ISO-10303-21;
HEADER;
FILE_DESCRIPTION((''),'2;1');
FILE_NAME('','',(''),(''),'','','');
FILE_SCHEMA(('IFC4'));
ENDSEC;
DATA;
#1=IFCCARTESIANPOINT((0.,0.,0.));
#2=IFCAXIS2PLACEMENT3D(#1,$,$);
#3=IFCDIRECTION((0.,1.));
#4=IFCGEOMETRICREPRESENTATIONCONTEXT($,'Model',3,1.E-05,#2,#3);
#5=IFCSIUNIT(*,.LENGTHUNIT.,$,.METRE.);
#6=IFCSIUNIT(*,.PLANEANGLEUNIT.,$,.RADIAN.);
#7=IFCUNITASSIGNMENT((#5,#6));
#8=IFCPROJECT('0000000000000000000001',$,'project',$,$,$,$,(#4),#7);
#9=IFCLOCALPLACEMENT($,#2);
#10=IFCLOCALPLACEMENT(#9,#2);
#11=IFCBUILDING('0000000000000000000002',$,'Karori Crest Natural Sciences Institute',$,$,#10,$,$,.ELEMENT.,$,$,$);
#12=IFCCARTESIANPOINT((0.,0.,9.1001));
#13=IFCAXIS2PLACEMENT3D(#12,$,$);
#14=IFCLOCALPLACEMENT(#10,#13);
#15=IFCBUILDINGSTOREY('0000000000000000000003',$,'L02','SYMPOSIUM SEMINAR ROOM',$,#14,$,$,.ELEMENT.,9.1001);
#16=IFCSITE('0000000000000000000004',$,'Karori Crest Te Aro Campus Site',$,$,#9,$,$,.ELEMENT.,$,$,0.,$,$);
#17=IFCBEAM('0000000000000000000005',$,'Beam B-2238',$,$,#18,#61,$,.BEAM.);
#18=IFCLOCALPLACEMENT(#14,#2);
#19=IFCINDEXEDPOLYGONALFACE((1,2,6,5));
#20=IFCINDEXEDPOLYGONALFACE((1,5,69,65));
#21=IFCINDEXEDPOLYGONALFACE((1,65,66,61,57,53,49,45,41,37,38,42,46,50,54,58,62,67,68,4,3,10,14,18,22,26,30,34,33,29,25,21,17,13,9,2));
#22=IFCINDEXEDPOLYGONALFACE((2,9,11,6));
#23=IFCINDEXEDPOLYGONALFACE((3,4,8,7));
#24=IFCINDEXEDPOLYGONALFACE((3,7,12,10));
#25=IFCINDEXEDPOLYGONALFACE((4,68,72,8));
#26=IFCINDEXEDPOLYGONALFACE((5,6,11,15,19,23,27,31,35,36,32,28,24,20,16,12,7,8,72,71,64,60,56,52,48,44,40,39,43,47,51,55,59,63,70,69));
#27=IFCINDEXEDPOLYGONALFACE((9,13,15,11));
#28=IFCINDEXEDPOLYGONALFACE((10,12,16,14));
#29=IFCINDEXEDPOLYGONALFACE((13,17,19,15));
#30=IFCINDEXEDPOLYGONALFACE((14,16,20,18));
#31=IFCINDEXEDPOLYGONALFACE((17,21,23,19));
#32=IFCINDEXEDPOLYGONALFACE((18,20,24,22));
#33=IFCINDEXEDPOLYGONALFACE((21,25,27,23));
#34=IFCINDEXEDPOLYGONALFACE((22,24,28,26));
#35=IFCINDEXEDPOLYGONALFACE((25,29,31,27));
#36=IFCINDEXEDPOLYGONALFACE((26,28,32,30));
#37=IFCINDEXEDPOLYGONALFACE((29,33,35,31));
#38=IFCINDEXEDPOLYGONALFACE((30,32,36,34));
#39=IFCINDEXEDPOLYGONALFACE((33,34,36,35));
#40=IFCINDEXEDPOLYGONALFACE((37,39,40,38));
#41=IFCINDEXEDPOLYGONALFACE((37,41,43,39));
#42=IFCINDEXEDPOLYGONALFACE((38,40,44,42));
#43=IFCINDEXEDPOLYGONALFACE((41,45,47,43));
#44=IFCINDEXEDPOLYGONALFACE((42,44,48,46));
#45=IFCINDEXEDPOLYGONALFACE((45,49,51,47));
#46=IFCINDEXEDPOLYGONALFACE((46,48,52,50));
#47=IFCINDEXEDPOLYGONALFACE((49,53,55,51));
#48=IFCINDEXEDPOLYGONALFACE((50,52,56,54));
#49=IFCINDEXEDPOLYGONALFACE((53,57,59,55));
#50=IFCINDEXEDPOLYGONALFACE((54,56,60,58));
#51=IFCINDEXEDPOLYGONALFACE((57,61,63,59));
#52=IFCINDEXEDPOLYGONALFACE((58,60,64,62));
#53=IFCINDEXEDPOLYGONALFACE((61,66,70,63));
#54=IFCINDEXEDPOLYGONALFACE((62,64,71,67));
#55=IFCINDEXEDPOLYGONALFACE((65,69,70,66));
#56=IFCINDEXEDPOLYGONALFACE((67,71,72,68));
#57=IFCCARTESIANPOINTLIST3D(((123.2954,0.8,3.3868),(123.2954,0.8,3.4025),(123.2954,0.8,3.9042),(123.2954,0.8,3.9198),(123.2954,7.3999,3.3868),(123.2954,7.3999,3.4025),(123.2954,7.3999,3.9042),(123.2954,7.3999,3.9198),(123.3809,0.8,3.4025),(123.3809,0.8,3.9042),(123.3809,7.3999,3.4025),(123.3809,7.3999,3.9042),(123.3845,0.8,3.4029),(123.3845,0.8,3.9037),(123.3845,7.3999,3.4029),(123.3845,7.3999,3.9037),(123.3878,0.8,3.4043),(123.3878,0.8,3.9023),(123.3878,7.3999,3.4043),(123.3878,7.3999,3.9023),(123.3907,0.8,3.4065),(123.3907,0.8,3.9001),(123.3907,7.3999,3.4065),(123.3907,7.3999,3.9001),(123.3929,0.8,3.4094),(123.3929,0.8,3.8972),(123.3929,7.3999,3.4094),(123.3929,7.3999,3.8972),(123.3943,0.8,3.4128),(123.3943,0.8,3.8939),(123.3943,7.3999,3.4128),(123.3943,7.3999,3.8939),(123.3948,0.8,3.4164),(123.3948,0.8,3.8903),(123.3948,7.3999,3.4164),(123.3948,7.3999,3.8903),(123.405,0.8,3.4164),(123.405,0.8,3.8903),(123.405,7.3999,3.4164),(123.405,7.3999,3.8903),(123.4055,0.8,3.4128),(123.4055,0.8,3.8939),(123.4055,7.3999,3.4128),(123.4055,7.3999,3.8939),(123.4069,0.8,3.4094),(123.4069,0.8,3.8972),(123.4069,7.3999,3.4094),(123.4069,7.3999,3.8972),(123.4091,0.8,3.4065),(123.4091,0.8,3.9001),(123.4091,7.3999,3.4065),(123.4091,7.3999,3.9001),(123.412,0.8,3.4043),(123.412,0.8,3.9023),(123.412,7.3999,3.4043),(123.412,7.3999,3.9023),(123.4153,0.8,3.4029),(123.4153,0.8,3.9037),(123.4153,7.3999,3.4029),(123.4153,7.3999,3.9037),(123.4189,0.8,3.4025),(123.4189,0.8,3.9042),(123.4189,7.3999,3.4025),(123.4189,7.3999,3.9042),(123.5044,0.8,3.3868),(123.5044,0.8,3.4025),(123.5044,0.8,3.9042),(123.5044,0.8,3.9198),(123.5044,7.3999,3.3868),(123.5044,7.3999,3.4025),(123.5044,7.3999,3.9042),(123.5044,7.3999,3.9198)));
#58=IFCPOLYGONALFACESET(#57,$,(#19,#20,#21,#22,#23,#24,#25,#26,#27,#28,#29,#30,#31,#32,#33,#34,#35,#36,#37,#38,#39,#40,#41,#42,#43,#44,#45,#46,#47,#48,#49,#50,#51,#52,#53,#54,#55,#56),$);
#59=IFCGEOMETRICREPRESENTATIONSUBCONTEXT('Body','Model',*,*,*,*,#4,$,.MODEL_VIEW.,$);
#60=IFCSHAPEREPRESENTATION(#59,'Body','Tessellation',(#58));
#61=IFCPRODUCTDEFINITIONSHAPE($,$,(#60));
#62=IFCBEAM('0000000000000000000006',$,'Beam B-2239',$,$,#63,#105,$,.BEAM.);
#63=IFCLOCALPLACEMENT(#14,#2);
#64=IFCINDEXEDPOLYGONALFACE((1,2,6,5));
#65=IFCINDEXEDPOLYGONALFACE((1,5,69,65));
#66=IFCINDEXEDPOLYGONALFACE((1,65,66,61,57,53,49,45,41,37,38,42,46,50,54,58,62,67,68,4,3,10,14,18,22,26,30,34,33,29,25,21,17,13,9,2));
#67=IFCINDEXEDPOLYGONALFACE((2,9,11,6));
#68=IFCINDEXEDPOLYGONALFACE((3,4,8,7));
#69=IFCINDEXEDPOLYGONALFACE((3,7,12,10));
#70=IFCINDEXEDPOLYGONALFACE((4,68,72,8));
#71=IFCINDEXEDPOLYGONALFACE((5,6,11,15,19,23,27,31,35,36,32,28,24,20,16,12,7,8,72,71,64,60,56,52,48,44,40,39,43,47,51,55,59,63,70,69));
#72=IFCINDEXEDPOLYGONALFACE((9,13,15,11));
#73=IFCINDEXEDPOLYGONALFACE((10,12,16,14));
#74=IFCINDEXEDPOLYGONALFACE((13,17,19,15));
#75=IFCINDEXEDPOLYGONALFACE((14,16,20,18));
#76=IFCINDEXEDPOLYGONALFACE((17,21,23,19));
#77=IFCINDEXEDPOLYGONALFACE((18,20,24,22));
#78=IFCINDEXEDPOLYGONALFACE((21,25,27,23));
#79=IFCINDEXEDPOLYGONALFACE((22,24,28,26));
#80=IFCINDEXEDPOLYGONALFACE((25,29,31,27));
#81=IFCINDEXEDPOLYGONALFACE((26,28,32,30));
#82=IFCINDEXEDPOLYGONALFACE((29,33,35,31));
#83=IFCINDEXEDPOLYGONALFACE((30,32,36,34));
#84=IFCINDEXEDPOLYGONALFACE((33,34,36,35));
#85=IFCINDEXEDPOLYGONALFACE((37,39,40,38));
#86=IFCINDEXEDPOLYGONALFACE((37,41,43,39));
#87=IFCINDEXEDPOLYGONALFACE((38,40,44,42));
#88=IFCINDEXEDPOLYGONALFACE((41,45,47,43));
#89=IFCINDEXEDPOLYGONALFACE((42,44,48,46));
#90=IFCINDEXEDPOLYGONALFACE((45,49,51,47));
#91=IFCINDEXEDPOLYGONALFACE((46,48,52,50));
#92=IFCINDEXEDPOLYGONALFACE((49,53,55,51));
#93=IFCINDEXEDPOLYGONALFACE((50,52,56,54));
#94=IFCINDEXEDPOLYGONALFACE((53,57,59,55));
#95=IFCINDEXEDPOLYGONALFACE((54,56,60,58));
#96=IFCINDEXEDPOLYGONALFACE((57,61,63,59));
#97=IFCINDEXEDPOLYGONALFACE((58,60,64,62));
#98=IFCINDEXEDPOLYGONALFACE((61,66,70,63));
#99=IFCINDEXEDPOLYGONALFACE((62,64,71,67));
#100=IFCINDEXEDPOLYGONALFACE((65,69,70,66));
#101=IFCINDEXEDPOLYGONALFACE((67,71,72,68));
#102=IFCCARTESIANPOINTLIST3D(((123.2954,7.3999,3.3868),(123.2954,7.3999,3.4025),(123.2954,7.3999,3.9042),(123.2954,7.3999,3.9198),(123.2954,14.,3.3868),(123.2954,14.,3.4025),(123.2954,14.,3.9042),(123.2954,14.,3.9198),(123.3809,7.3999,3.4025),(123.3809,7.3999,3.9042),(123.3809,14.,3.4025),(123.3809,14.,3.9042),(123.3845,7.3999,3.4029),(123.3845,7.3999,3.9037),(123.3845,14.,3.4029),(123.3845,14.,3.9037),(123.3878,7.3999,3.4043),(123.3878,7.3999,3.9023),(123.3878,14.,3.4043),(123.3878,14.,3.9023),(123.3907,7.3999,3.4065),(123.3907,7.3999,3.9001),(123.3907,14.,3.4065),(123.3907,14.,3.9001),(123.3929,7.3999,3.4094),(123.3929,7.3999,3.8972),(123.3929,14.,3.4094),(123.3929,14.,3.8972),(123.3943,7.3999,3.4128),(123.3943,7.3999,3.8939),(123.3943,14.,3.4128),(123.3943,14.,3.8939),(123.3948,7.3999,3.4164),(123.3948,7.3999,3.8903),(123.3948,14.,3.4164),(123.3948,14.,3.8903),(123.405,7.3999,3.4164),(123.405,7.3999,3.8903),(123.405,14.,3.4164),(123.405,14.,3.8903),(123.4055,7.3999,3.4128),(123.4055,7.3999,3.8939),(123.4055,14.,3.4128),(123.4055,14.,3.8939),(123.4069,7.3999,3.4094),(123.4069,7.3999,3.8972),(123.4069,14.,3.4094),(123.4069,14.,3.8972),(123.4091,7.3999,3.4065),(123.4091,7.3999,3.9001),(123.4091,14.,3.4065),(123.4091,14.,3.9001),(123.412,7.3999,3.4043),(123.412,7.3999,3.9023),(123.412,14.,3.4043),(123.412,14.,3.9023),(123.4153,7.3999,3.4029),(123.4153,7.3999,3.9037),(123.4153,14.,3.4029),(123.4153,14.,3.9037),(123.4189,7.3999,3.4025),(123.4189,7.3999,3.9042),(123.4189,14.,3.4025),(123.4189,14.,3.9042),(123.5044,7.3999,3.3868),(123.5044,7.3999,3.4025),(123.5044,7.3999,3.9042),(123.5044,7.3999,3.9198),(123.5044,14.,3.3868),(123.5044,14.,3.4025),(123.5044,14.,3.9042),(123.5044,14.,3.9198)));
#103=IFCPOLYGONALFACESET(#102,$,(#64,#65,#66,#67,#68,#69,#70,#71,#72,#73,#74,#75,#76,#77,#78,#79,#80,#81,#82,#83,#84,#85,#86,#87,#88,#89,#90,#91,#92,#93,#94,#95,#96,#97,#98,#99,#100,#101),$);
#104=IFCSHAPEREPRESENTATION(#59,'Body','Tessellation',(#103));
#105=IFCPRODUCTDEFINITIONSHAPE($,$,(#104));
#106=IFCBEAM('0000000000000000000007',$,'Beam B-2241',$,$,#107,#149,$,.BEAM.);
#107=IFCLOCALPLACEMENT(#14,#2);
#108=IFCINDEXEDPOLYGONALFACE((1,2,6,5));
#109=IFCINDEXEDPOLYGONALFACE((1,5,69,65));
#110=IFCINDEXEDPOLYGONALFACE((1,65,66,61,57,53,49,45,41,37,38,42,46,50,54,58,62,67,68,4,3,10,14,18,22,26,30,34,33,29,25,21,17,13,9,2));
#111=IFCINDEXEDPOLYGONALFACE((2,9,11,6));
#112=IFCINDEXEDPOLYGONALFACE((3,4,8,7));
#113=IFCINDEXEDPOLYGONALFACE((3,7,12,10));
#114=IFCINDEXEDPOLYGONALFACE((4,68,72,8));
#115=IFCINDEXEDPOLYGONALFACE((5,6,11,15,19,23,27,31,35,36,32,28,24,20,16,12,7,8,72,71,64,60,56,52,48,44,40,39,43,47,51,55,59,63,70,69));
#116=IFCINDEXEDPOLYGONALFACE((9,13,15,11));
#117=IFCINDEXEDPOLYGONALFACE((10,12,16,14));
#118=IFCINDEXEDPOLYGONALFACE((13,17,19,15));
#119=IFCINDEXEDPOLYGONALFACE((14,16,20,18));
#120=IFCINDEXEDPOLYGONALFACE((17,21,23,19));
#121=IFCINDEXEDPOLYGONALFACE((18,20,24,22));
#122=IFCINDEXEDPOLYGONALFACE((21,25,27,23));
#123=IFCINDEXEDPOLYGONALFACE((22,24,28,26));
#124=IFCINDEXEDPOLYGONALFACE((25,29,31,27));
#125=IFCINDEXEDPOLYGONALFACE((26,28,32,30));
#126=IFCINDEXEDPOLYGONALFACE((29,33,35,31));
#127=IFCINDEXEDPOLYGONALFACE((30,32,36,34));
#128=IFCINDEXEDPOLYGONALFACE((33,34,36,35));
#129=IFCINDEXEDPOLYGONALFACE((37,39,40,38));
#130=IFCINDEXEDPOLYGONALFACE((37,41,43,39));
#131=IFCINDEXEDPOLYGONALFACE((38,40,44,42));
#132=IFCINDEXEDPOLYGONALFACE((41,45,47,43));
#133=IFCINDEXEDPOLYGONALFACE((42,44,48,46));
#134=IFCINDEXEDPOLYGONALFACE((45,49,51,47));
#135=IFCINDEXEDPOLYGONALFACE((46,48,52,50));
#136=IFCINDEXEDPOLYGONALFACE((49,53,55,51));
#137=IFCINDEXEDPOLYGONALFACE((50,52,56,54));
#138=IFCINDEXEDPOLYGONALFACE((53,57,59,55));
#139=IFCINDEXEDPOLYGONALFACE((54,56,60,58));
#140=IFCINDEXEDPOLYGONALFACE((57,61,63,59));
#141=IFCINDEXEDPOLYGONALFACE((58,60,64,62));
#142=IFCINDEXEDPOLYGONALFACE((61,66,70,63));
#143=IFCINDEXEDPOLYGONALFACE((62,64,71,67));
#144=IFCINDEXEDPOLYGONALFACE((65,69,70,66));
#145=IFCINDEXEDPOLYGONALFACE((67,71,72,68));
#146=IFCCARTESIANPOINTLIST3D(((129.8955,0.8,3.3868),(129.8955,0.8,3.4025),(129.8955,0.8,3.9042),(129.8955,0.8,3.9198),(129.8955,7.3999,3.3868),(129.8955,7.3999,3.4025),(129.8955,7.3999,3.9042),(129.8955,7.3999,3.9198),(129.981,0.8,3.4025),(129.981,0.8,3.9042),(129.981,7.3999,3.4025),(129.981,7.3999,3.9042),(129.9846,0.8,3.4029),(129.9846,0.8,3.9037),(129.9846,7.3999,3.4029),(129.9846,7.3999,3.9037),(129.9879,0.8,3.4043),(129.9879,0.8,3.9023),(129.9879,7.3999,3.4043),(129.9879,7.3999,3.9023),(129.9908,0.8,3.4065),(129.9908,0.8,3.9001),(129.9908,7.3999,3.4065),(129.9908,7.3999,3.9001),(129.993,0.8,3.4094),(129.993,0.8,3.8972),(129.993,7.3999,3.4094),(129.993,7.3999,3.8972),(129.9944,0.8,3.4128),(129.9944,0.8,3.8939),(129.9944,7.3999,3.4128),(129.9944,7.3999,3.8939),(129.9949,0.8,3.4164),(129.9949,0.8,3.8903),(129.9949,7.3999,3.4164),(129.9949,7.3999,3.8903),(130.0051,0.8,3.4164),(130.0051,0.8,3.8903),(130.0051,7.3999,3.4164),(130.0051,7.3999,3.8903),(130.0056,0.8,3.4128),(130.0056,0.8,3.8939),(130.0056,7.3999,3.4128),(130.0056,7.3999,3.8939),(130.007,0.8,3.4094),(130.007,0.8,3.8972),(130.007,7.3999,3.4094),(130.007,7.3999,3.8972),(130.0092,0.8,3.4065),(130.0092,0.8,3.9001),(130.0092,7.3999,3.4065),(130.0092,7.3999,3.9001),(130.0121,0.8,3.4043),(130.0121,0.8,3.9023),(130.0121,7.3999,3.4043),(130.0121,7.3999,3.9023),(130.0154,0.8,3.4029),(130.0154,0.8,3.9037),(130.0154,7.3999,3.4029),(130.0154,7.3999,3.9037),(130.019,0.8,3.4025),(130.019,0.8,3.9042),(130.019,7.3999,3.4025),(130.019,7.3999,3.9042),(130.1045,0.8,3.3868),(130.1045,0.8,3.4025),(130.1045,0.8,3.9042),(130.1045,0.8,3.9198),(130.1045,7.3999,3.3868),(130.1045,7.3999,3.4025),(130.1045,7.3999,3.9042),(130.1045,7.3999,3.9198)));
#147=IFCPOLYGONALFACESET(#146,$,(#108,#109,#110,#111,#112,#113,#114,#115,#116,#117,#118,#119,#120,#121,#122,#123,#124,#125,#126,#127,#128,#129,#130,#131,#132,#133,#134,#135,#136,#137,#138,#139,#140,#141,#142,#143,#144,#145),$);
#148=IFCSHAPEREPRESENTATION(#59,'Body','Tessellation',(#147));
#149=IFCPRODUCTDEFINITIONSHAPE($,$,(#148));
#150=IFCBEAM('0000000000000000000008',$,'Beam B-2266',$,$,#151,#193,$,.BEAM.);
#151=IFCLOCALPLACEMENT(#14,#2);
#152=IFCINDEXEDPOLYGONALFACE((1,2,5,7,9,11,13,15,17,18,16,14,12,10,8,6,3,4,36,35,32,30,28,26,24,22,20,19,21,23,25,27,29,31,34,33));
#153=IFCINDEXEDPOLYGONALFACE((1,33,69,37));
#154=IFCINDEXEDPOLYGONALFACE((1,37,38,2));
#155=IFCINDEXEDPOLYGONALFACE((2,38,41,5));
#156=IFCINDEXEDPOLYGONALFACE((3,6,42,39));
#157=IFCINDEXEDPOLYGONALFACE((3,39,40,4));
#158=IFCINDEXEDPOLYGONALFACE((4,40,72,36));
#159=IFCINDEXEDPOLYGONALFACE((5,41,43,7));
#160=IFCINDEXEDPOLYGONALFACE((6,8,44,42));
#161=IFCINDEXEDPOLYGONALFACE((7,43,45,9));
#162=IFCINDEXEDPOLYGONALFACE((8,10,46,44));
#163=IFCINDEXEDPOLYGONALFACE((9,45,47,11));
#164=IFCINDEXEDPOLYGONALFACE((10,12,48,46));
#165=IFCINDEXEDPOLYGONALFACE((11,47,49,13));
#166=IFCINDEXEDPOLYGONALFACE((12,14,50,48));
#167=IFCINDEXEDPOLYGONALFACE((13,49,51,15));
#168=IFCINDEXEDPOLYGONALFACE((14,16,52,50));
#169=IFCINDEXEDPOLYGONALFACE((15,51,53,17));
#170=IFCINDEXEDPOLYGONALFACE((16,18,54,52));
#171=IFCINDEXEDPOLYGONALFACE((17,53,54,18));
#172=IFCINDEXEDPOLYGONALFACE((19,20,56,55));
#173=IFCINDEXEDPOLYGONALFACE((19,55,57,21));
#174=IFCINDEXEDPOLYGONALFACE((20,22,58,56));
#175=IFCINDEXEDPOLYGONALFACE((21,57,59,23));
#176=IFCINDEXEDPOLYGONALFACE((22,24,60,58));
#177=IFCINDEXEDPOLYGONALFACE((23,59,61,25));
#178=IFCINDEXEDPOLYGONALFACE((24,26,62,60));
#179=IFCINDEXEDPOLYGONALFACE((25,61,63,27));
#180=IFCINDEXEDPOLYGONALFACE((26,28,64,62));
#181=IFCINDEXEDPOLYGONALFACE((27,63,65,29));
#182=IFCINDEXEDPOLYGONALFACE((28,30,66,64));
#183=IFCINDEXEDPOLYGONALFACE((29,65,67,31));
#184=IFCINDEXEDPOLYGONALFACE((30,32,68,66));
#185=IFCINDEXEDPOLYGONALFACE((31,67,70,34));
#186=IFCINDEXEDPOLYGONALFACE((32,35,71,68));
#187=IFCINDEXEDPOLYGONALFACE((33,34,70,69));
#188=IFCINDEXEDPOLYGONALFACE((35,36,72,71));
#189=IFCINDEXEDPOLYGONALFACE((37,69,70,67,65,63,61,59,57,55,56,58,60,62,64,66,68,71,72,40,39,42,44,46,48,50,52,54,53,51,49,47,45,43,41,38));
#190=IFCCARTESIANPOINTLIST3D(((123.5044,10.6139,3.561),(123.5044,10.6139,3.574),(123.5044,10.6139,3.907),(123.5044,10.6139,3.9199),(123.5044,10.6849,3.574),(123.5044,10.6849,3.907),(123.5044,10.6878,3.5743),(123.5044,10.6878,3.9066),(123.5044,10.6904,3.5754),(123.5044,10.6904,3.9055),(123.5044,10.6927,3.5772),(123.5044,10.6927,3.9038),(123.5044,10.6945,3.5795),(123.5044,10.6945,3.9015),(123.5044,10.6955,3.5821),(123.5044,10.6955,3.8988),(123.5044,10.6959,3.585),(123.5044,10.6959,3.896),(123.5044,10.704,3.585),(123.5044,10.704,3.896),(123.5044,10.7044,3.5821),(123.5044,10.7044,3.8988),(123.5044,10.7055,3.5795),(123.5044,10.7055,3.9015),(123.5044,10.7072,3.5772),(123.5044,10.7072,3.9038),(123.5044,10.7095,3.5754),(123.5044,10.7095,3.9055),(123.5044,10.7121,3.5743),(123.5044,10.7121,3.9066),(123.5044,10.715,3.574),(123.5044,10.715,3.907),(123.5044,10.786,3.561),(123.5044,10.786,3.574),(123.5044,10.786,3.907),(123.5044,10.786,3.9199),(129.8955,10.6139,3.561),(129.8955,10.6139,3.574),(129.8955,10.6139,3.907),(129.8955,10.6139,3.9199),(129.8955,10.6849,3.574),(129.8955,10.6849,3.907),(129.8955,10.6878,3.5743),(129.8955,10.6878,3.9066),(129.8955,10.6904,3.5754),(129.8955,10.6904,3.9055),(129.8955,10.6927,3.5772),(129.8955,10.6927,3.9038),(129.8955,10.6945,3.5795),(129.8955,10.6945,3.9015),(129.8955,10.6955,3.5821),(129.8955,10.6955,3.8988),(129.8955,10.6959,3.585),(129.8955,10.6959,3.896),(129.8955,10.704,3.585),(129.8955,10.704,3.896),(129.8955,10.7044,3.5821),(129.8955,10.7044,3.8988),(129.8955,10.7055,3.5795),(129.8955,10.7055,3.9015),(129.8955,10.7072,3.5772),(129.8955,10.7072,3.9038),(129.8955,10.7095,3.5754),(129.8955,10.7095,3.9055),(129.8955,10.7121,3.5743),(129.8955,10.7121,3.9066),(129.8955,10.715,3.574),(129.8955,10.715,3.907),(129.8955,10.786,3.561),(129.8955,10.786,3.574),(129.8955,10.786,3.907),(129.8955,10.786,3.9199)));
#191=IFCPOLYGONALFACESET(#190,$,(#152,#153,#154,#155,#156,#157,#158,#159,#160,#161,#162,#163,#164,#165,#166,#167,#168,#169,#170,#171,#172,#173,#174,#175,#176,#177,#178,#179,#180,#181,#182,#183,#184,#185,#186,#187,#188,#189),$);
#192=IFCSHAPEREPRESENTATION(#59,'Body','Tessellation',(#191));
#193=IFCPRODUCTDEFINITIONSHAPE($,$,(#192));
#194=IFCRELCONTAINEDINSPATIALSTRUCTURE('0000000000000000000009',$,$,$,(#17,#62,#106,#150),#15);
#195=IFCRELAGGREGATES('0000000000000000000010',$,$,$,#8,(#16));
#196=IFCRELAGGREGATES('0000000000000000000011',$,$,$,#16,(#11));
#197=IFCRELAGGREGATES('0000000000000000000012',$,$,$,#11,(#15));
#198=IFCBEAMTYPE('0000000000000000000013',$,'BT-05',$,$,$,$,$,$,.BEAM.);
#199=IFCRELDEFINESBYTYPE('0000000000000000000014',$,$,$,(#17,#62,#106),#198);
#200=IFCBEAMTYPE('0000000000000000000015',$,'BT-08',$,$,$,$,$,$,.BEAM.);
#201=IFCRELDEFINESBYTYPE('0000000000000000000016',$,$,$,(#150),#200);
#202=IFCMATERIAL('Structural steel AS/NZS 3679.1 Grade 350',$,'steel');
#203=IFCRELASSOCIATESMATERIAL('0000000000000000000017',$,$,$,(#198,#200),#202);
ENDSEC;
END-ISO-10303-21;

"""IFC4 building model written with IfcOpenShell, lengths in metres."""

from ifc_helpers import new_model, si_unit, direction, frame, origin, origin_2d, place, context, subcontext, project, spatial, i_section, extrude, material, material_profile, profile_set, type_object, element, save


model = new_model("IFC4")

# Units and contexts
model_context = context("Model", 3, precision=1e-05, world=origin(), true_north=direction((0.0, 1.0)))
body_context = subcontext(model_context, "Body", "Model", "MODEL_VIEW")
ifc_project = project(units=[si_unit("LENGTHUNIT", "METRE"), si_unit("PLANEANGLEUNIT", "RADIAN")], contexts=[model_context])

# Site, building, storey
site_placement = place(None, origin())
site = spatial("IfcSite", under=ifc_project, at=site_placement, Name="Karori Crest Te Aro Campus Site", CompositionType="ELEMENT", RefElevation=0.0)
building_placement = place(site_placement, origin())
building = spatial("IfcBuilding", under=site, at=building_placement, Name="Karori Crest Natural Sciences Institute", CompositionType="ELEMENT")
storey_placement = place(building_placement, frame((0.0, 0.0, 9.1001)))
storey = spatial("IfcBuildingStorey", under=building, at=storey_placement, Name="L02", Description="SYMPOSIUM SEMINAR ROOM", CompositionType="ELEMENT", Elevation=9.1001)

# Shared definitions
ifc_material_1 = material(Name="Structural steel AS/NZS 3679.1 Grade 350", Category="steel")

# Beams
ifc_material_profile_1 = material_profile(ifc_material_1, i_section(OverallWidth=0.209, OverallDepth=0.533, WebThickness=0.0103, FlangeThickness=0.0156, FilletRadius=0.0139, at=origin_2d()), Name="530UB92.4")
ifc_profile_set_1 = profile_set([ifc_material_profile_1], Name="Structural steel AS/NZS 3679.1 Grade 350")
beam_type_1 = type_object("IfcBeamType", Name="BT-05", PredefinedType="BEAM", material=ifc_profile_set_1)
beam_1_placement = place(storey_placement, frame((123.3999, 0.8, 3.6533), z_axis=(0.0, 1.0, 0.0), x_axis=(-1.0, 0.0, 0.0)))
element("IfcBeam", 1, at=beam_1_placement, inside=storey, type_object=beam_type_1, Name="Beam B-2238", PredefinedType="BEAM", context=body_context, shape_type="SweptSolid", body=[
    extrude(i_section(OverallWidth=0.209, OverallDepth=0.533, WebThickness=0.0103, FlangeThickness=0.0156, FilletRadius=0.0139, at=origin_2d()), origin(), (0.0, 0.0, 1.0), 6.5999),
])
beam_2_placement = place(storey_placement, frame((123.3999, 7.3999, 3.6533), z_axis=(0.0, 1.0, 0.0), x_axis=(-1.0, 0.0, 0.0)))
element("IfcBeam", 2, at=beam_2_placement, inside=storey, type_object=beam_type_1, Name="Beam B-2239", PredefinedType="BEAM", context=body_context, shape_type="SweptSolid", body=[
    extrude(i_section(OverallWidth=0.209, OverallDepth=0.533, WebThickness=0.0103, FlangeThickness=0.0156, FilletRadius=0.0139, at=origin_2d()), origin(), (0.0, 0.0, 1.0), 6.6001),
])
beam_3_placement = place(storey_placement, frame((130.0, 0.8, 3.6533), z_axis=(0.0, 1.0, 0.0), x_axis=(-1.0, 0.0, 0.0)))
element("IfcBeam", 3, at=beam_3_placement, inside=storey, type_object=beam_type_1, Name="Beam B-2241", PredefinedType="BEAM", context=body_context, shape_type="SweptSolid", body=[
    extrude(i_section(OverallWidth=0.209, OverallDepth=0.533, WebThickness=0.0103, FlangeThickness=0.0156, FilletRadius=0.0139, at=origin_2d()), origin(), (0.0, 0.0, 1.0), 6.5999),
])
ifc_material_profile_2 = material_profile(ifc_material_1, i_section(OverallWidth=0.1721, OverallDepth=0.3589, WebThickness=0.0081, FlangeThickness=0.0129, FilletRadius=0.011, at=origin_2d()), Name="360UB56.7")
ifc_profile_set_2 = profile_set([ifc_material_profile_2], Name="Structural steel AS/NZS 3679.1 Grade 350")
beam_type_2 = type_object("IfcBeamType", Name="BT-08", PredefinedType="BEAM", material=ifc_profile_set_2)
beam_4_placement = place(storey_placement, frame((123.5044, 10.7, 3.7405), z_axis=(1.0, 0.0, 0.0), x_axis=(0.0, 1.0, 0.0)))
element("IfcBeam", 4, at=beam_4_placement, inside=storey, type_object=beam_type_2, Name="Beam B-2266", PredefinedType="BEAM", context=body_context, shape_type="SweptSolid", body=[
    extrude(i_section(OverallWidth=0.1721, OverallDepth=0.3589, WebThickness=0.0081, FlangeThickness=0.0129, FilletRadius=0.011, at=origin_2d()), origin(), (0.0, 0.0, 1.0), 6.3911),
])

save(model, "model.ifc")
